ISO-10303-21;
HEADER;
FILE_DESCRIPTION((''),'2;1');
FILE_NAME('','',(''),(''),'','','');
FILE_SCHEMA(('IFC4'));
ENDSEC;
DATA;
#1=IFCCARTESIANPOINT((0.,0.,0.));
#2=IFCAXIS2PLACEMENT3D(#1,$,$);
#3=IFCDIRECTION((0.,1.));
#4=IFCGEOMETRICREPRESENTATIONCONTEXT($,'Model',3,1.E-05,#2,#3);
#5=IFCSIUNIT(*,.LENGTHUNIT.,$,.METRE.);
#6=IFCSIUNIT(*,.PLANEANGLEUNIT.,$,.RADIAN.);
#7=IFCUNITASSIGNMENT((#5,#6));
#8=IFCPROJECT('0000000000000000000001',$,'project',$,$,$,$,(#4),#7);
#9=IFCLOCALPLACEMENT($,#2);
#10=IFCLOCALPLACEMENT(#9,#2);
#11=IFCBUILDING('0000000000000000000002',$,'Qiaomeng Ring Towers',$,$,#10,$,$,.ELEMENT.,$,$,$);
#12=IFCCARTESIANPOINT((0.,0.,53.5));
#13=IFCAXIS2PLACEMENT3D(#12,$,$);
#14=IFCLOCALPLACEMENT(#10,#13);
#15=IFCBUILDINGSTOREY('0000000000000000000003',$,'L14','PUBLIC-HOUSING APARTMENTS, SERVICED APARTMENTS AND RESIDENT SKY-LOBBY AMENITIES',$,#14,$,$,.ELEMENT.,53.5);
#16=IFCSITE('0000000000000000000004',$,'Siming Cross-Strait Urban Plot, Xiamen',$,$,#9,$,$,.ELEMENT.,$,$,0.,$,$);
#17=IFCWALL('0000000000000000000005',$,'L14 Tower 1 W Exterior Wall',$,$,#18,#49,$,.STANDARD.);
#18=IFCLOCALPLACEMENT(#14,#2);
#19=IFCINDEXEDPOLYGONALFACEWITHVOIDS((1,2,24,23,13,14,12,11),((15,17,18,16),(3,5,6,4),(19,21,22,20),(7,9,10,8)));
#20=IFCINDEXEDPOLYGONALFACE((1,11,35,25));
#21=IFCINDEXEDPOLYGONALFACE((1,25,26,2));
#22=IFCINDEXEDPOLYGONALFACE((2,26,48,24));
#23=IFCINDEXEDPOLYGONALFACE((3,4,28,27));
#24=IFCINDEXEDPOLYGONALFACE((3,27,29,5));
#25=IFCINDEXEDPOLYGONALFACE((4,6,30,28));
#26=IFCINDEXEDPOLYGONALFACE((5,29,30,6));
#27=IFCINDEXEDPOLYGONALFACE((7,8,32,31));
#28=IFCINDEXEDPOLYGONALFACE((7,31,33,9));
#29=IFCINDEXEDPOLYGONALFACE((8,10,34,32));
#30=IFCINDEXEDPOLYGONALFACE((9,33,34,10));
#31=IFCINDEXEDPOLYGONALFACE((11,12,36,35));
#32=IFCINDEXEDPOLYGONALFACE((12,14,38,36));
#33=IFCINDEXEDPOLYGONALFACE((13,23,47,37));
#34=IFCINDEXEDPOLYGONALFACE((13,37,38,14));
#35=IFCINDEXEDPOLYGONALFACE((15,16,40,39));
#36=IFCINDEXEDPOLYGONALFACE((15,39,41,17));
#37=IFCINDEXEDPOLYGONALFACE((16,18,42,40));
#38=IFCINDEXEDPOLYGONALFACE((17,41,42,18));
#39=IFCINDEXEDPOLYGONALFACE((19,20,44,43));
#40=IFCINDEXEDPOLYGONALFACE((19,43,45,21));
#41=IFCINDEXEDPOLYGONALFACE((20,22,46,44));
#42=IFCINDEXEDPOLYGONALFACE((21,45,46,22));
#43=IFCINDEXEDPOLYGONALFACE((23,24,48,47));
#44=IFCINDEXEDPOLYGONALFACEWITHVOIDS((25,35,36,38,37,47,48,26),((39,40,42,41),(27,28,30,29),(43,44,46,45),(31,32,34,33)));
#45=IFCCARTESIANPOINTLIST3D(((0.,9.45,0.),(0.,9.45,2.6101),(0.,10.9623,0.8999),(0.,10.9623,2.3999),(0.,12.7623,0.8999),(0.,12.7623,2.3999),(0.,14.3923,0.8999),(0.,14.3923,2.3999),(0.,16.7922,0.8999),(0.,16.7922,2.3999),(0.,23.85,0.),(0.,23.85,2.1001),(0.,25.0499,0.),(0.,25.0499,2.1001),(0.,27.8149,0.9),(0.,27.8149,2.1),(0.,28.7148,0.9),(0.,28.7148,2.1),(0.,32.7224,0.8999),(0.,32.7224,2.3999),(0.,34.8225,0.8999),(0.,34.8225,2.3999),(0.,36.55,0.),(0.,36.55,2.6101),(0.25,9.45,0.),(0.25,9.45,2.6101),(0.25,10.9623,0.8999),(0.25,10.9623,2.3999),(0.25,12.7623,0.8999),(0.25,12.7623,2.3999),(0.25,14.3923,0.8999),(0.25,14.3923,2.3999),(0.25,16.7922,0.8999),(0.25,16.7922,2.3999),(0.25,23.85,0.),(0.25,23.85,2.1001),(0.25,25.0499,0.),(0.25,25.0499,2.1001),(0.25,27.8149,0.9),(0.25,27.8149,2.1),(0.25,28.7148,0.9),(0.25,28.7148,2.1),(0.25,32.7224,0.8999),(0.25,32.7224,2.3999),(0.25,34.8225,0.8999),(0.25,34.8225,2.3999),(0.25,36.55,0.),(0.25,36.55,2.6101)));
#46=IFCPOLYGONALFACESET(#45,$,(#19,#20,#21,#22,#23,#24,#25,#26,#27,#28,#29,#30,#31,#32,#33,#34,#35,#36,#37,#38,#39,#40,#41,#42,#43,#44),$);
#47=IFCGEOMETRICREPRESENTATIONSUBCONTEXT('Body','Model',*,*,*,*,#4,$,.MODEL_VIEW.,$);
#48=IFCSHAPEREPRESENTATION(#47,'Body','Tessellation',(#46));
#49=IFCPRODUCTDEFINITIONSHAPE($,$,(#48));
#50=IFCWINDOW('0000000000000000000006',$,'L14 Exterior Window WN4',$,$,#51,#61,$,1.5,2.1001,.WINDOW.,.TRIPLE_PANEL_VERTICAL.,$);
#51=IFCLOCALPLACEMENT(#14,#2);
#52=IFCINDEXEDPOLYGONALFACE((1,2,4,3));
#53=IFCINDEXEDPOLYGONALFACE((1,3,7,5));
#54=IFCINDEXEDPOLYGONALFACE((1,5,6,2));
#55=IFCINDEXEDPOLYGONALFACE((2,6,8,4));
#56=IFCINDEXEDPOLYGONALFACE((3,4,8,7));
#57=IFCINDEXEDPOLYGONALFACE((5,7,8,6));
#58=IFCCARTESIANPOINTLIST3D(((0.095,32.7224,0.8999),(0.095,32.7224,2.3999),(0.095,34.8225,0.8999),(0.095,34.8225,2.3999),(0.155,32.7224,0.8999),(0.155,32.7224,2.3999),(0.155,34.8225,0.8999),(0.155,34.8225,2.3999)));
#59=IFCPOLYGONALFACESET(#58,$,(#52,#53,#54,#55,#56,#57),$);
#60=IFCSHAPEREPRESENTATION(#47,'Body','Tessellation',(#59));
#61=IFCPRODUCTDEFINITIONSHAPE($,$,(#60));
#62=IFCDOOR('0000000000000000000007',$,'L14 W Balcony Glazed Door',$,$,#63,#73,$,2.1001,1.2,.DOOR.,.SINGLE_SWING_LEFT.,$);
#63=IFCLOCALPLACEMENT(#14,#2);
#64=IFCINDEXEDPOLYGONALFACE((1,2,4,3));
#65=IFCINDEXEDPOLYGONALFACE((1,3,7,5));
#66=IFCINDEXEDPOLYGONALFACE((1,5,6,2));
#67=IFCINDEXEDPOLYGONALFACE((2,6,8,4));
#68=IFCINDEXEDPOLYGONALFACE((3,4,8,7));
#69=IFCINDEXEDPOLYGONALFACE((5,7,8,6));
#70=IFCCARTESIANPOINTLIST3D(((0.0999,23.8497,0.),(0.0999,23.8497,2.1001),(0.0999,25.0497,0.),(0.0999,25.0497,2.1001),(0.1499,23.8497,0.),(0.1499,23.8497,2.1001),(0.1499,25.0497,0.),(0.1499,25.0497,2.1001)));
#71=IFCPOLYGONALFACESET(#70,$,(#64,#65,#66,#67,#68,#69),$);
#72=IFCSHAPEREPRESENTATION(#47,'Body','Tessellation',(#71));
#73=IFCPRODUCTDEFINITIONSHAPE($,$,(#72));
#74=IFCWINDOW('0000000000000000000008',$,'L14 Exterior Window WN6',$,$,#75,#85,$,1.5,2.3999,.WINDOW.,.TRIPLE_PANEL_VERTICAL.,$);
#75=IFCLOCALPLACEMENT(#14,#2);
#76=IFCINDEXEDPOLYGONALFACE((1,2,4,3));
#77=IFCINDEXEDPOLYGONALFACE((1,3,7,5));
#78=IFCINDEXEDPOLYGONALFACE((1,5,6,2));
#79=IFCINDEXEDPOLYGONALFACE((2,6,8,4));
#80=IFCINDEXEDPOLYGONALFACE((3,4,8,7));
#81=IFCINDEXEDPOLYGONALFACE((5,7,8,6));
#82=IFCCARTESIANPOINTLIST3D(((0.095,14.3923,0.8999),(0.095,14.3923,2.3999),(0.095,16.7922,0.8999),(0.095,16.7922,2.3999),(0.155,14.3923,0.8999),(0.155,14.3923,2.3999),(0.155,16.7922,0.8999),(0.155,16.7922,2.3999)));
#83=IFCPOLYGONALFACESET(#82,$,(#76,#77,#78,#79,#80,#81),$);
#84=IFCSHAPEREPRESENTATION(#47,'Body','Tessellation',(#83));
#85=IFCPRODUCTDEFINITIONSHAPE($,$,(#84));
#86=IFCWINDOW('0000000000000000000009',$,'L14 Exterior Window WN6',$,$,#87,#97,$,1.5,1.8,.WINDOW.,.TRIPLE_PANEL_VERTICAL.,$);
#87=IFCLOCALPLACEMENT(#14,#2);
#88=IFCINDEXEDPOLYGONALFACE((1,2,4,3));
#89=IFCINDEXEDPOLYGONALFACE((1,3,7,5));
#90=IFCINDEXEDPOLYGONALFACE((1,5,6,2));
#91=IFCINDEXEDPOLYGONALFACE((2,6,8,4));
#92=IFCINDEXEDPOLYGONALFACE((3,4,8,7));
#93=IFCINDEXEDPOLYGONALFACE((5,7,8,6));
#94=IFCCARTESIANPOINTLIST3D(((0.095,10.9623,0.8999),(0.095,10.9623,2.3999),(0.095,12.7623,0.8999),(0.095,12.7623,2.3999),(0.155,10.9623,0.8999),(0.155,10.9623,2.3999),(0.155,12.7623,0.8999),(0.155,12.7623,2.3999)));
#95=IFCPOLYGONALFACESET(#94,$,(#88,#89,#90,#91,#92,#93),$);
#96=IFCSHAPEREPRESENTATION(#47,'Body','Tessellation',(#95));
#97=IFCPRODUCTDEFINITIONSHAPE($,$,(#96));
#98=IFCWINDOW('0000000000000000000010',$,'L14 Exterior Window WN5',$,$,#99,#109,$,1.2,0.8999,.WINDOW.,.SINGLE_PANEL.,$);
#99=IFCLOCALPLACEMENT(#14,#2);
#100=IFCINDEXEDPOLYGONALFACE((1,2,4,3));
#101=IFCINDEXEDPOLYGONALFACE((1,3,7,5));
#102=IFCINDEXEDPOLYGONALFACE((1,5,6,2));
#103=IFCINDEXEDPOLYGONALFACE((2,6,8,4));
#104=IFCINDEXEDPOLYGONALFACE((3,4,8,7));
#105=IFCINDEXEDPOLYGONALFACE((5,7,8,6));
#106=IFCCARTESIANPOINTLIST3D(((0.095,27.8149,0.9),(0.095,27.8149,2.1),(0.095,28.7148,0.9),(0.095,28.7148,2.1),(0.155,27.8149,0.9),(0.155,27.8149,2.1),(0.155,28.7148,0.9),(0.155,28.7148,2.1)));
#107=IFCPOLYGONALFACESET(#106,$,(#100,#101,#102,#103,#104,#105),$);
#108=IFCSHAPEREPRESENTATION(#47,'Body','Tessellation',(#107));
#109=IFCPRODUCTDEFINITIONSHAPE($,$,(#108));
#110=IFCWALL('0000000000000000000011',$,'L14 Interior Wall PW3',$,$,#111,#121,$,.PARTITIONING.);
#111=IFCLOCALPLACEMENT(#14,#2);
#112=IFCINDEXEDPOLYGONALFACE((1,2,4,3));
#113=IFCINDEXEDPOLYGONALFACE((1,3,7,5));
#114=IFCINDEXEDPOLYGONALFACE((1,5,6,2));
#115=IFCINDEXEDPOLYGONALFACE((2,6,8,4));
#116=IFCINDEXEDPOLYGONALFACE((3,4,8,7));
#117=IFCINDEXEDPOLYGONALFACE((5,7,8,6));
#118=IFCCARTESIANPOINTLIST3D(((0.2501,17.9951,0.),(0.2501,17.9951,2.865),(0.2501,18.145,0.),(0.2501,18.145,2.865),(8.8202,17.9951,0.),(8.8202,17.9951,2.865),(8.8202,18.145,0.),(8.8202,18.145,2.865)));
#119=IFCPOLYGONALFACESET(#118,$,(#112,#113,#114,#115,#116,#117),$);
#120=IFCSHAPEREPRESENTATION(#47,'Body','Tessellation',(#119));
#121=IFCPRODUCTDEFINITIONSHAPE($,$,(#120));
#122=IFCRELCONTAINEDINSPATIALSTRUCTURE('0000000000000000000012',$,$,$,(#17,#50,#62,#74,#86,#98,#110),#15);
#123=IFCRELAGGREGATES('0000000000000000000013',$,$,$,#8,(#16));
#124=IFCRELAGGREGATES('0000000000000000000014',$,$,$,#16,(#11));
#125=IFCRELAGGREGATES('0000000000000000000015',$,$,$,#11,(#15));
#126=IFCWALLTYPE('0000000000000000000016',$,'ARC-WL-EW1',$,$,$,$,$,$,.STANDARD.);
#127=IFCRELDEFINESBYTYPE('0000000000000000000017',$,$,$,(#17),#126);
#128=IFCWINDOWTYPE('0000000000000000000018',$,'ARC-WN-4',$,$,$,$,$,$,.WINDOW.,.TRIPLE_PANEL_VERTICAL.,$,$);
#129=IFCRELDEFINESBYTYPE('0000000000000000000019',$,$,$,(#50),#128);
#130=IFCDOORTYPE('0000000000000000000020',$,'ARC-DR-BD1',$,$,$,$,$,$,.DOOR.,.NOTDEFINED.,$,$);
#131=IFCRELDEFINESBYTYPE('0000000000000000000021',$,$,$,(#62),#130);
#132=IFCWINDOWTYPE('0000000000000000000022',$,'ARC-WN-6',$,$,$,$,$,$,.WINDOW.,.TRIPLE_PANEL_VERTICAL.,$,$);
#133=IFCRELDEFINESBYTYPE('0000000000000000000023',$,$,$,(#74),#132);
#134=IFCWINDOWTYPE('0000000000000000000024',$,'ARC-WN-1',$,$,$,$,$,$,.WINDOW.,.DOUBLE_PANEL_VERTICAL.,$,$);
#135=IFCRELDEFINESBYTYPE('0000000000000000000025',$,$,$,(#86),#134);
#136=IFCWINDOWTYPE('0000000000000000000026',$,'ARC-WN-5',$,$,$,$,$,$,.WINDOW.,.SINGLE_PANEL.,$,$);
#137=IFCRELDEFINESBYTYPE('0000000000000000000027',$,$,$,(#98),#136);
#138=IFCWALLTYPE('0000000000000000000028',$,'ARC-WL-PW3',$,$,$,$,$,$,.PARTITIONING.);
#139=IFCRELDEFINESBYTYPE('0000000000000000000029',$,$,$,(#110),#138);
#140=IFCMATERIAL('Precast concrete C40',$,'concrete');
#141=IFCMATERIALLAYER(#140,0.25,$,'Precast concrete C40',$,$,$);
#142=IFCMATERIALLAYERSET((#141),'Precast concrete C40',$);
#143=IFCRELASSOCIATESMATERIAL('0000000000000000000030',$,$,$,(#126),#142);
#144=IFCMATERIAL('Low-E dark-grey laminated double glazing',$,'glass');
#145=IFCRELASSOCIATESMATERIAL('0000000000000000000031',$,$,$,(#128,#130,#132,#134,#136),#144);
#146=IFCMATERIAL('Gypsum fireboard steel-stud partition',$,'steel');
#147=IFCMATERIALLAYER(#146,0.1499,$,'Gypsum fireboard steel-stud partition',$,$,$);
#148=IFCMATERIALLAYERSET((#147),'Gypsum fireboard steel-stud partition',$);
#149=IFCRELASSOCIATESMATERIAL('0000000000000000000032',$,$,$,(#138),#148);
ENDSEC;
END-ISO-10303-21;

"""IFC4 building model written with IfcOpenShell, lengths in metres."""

from ifc_helpers import new_model, si_unit, direction, frame, frame_2d, origin, place, context, subcontext, project, spatial, rectangle, extrude, source, transform, mapped, material, layer, layer_set, type_object, element, fill, save


model = new_model("IFC4")

# Units and contexts
model_context = context("Model", 3, precision=1e-05, world=origin(), true_north=direction((0.0, 1.0)))
body_context = subcontext(model_context, "Body", "Model", "MODEL_VIEW")
ifc_project = project(units=[si_unit("LENGTHUNIT", "METRE"), si_unit("PLANEANGLEUNIT", "RADIAN")], contexts=[model_context])

# Site, building, storey
site_placement = place(None, origin())
site = spatial("IfcSite", under=ifc_project, at=site_placement, Name="Siming Cross-Strait Urban Plot, Xiamen", CompositionType="ELEMENT", RefElevation=0.0)
building_placement = place(site_placement, origin())
building = spatial("IfcBuilding", under=site, at=building_placement, Name="Qiaomeng Ring Towers", CompositionType="ELEMENT")
storey_placement = place(building_placement, frame((0.0, 0.0, 53.5)))
storey = spatial("IfcBuildingStorey", under=building, at=storey_placement, Name="L14", Description="PUBLIC-HOUSING APARTMENTS, SERVICED APARTMENTS AND RESIDENT SKY-LOBBY AMENITIES", CompositionType="ELEMENT", Elevation=53.5)

# Wall, openings, windows, door
ifc_material_1 = material(Name="Precast concrete C40", Category="concrete")
ifc_layer_1 = layer(ifc_material_1, 0.25, Name="Precast concrete C40")
ifc_layer_set_1 = layer_set([ifc_layer_1], Name="Precast concrete C40")
wall_type_1 = type_object("IfcWallType", Name="ARC-WL-EW1", PredefinedType="STANDARD", material=ifc_layer_set_1)
wall_1_placement = place(storey_placement, frame((0.125, 9.45, 0.0), z_axis=(0.0, 0.0, 1.0), x_axis=(0.0, 1.0, 0.0)))
wall_1 = element("IfcWall", 1, at=wall_1_placement, inside=storey, type_object=wall_type_1, Name="L14 Tower 1 W Exterior Wall", PredefinedType="STANDARD", context=body_context, shape_type="SweptSolid", body=[
    extrude(rectangle(XDim=27.1001, YDim=0.25, at=frame_2d((13.55, 0.0))), origin(), (0.0, 0.0, 1.0), 2.6101),
])
opening_1_placement = place(wall_1_placement, frame((14.3999, 0.0, 0.0)))
opening_1 = element("IfcOpeningElement", 2, at=opening_1_placement, cuts=wall_1, PredefinedType="OPENING", context=body_context, shape_type="SweptSolid", body=[
    extrude(rectangle(XDim=1.2, YDim=2.1001, at=frame_2d((0.6001, 1.05))), frame((0.0, 0.135, 0.0), z_axis=(0.0, -1.0, 0.0), x_axis=(1.0, 0.0, 0.0)), (0.0, 0.0, 1.0), 0.27),
])
opening_2_placement = place(wall_1_placement, frame((1.5125, 0.0, 0.8999)))
opening_2 = element("IfcOpeningElement", 3, at=opening_2_placement, cuts=wall_1, PredefinedType="OPENING", context=body_context, shape_type="SweptSolid", body=[
    extrude(rectangle(XDim=1.8, YDim=1.5, at=frame_2d((0.8999, 0.75))), frame((0.0, 0.135, 0.0), z_axis=(0.0, -1.0, 0.0), x_axis=(1.0, 0.0, 0.0)), (0.0, 0.0, 1.0), 0.27),
])
opening_3_placement = place(wall_1_placement, frame((23.2725, 0.0, 0.8999)))
opening_3 = element("IfcOpeningElement", 4, at=opening_3_placement, cuts=wall_1, PredefinedType="OPENING", context=body_context, shape_type="SweptSolid", body=[
    extrude(rectangle(XDim=2.1001, YDim=1.5, at=frame_2d((1.05, 0.75))), frame((0.0, 0.135, 0.0), z_axis=(0.0, -1.0, 0.0), x_axis=(1.0, 0.0, 0.0)), (0.0, 0.0, 1.0), 0.27),
])
opening_4_placement = place(wall_1_placement, frame((4.9424, 0.0, 0.8999)))
opening_4 = element("IfcOpeningElement", 5, at=opening_4_placement, cuts=wall_1, PredefinedType="OPENING", context=body_context, shape_type="SweptSolid", body=[
    extrude(rectangle(XDim=2.3999, YDim=1.5, at=frame_2d((1.2, 0.75))), frame((0.0, 0.135, 0.0), z_axis=(0.0, -1.0, 0.0), x_axis=(1.0, 0.0, 0.0)), (0.0, 0.0, 1.0), 0.27),
])
opening_5_placement = place(wall_1_placement, frame((18.365, 0.0, 0.8999)))
opening_5 = element("IfcOpeningElement", 6, at=opening_5_placement, cuts=wall_1, PredefinedType="OPENING", context=body_context, shape_type="SweptSolid", body=[
    extrude(rectangle(XDim=0.8999, YDim=1.2, at=frame_2d((0.45, 0.6001))), frame((0.0, 0.135, 0.0), z_axis=(0.0, -1.0, 0.0), x_axis=(1.0, 0.0, 0.0)), (0.0, 0.0, 1.0), 0.27),
])
ifc_material_2 = material(Name="Low-E dark-grey laminated double glazing", Category="glass")
window_type_1 = type_object("IfcWindowType", Name="ARC-WN-4", PartitioningType="TRIPLE_PANEL_VERTICAL", PredefinedType="WINDOW", material=ifc_material_2)
shared_shape_1 = source(origin(), body_context, "Body", "SweptSolid", [
    extrude(rectangle(XDim=2.1001, YDim=1.5, at=frame_2d((1.05, 0.75))), frame((0.0, 0.03, 0.0), z_axis=(0.0, -1.0, 0.0), x_axis=(1.0, 0.0, 0.0)), (0.0, 0.0, 1.0), 0.0601),
])
window_1_placement = place(opening_3_placement, origin())
window_1 = element("IfcWindow", 7, at=window_1_placement, inside=storey, type_object=window_type_1, Name="L14 Exterior Window WN4", OverallHeight=1.5, OverallWidth=2.1001, PartitioningType="TRIPLE_PANEL_VERTICAL", PredefinedType="WINDOW", context=body_context, shape_type="MappedRepresentation", body=[
    mapped(shared_shape_1, transform((0.0, 0.0, 0.0), x_axis=(1.0, 0.0, 0.0), y_axis=(0.0, 1.0, 0.0), z_axis=(0.0, 0.0, 1.0), scale=1.0)),
])
fill(opening_3, window_1)
door_type_1 = type_object("IfcDoorType", Name="ARC-DR-BD1", OperationType="NOTDEFINED", PredefinedType="DOOR", material=ifc_material_2)
shared_shape_2 = source(origin(), body_context, "Body", "SweptSolid", [
    extrude(rectangle(XDim=1.2, YDim=2.1001, at=frame_2d((0.6001, 1.05))), frame((0.0, 0.0249, 0.0), z_axis=(0.0, -1.0, 0.0), x_axis=(1.0, 0.0, 0.0)), (0.0, 0.0, 1.0), 0.05),
])
door_1_placement = place(opening_1_placement, frame((1.2, 0.0, 0.0), z_axis=(0.0, 0.0, 1.0), x_axis=(-1.0, 0.0, 0.0)))
door_1 = element("IfcDoor", 8, at=door_1_placement, inside=storey, type_object=door_type_1, Name="L14 W Balcony Glazed Door", OperationType="SINGLE_SWING_LEFT", OverallHeight=2.1001, OverallWidth=1.2, PredefinedType="DOOR", context=body_context, shape_type="MappedRepresentation", body=[
    mapped(shared_shape_2, transform((0.0, 0.0, 0.0), x_axis=(1.0, 0.0, 0.0), y_axis=(0.0, 1.0, 0.0), z_axis=(0.0, 0.0, 1.0), scale=1.0)),
])
fill(opening_1, door_1)
window_type_2 = type_object("IfcWindowType", Name="ARC-WN-6", PartitioningType="TRIPLE_PANEL_VERTICAL", PredefinedType="WINDOW", material=ifc_material_2)
shared_shape_3 = source(origin(), body_context, "Body", "SweptSolid", [
    extrude(rectangle(XDim=2.3999, YDim=1.5, at=frame_2d((1.2, 0.75))), frame((0.0, 0.03, 0.0), z_axis=(0.0, -1.0, 0.0), x_axis=(1.0, 0.0, 0.0)), (0.0, 0.0, 1.0), 0.0601),
])
window_2_placement = place(opening_4_placement, origin())
window_2 = element("IfcWindow", 9, at=window_2_placement, inside=storey, type_object=window_type_2, Name="L14 Exterior Window WN6", OverallHeight=1.5, OverallWidth=2.3999, PartitioningType="TRIPLE_PANEL_VERTICAL", PredefinedType="WINDOW", context=body_context, shape_type="MappedRepresentation", body=[
    mapped(shared_shape_3, transform((0.0, 0.0, 0.0), x_axis=(1.0, 0.0, 0.0), y_axis=(0.0, 1.0, 0.0), z_axis=(0.0, 0.0, 1.0), scale=1.0)),
])
fill(opening_4, window_2)
window_type_3 = type_object("IfcWindowType", Name="ARC-WN-1", PartitioningType="DOUBLE_PANEL_VERTICAL", PredefinedType="WINDOW", material=ifc_material_2)
shared_shape_4 = source(origin(), body_context, "Body", "SweptSolid", [
    extrude(rectangle(XDim=1.8, YDim=1.5, at=frame_2d((0.8999, 0.75))), frame((0.0, 0.03, 0.0), z_axis=(0.0, -1.0, 0.0), x_axis=(1.0, 0.0, 0.0)), (0.0, 0.0, 1.0), 0.0601),
])
window_3_placement = place(opening_2_placement, origin())
window_3 = element("IfcWindow", 10, at=window_3_placement, inside=storey, type_object=window_type_3, Name="L14 Exterior Window WN6", OverallHeight=1.5, OverallWidth=1.8, PartitioningType="TRIPLE_PANEL_VERTICAL", PredefinedType="WINDOW", context=body_context, shape_type="MappedRepresentation", body=[
    mapped(shared_shape_4, transform((0.0, 0.0, 0.0), x_axis=(1.0, 0.0, 0.0), y_axis=(0.0, 1.0, 0.0), z_axis=(0.0, 0.0, 1.0), scale=1.0)),
])
fill(opening_2, window_3)
window_type_4 = type_object("IfcWindowType", Name="ARC-WN-5", PartitioningType="SINGLE_PANEL", PredefinedType="WINDOW", material=ifc_material_2)
shared_shape_5 = source(origin(), body_context, "Body", "SweptSolid", [
    extrude(rectangle(XDim=0.8999, YDim=1.2, at=frame_2d((0.45, 0.6001))), frame((0.0, 0.03, 0.0), z_axis=(0.0, -1.0, 0.0), x_axis=(1.0, 0.0, 0.0)), (0.0, 0.0, 1.0), 0.0601),
])
window_4_placement = place(opening_5_placement, origin())
window_4 = element("IfcWindow", 11, at=window_4_placement, inside=storey, type_object=window_type_4, Name="L14 Exterior Window WN5", OverallHeight=1.2, OverallWidth=0.8999, PartitioningType="SINGLE_PANEL", PredefinedType="WINDOW", context=body_context, shape_type="MappedRepresentation", body=[
    mapped(shared_shape_5, transform((0.0, 0.0, 0.0), x_axis=(1.0, 0.0, 0.0), y_axis=(0.0, 1.0, 0.0), z_axis=(0.0, 0.0, 1.0), scale=1.0)),
])
fill(opening_5, window_4)

# Wall
ifc_material_3 = material(Name="Gypsum fireboard steel-stud partition", Category="steel")
ifc_layer_2 = layer(ifc_material_3, 0.1499, Name="Gypsum fireboard steel-stud partition")
ifc_layer_set_2 = layer_set([ifc_layer_2], Name="Gypsum fireboard steel-stud partition")
wall_type_2 = type_object("IfcWallType", Name="ARC-WL-PW3", PredefinedType="PARTITIONING", material=ifc_layer_set_2)
wall_2_placement = place(storey_placement, frame((0.25, 18.0701, 0.0), z_axis=(0.0, 0.0, 1.0), x_axis=(1.0, 0.0, 0.0)))
element("IfcWall", 12, at=wall_2_placement, inside=storey, type_object=wall_type_2, Name="L14 Interior Wall PW3", PredefinedType="PARTITIONING", context=body_context, shape_type="SweptSolid", body=[
    extrude(rectangle(XDim=8.5701, YDim=0.1499, at=frame_2d((4.2852, 0.0))), origin(), (0.0, 0.0, 1.0), 2.865),
])

save(model, "model.ifc")
